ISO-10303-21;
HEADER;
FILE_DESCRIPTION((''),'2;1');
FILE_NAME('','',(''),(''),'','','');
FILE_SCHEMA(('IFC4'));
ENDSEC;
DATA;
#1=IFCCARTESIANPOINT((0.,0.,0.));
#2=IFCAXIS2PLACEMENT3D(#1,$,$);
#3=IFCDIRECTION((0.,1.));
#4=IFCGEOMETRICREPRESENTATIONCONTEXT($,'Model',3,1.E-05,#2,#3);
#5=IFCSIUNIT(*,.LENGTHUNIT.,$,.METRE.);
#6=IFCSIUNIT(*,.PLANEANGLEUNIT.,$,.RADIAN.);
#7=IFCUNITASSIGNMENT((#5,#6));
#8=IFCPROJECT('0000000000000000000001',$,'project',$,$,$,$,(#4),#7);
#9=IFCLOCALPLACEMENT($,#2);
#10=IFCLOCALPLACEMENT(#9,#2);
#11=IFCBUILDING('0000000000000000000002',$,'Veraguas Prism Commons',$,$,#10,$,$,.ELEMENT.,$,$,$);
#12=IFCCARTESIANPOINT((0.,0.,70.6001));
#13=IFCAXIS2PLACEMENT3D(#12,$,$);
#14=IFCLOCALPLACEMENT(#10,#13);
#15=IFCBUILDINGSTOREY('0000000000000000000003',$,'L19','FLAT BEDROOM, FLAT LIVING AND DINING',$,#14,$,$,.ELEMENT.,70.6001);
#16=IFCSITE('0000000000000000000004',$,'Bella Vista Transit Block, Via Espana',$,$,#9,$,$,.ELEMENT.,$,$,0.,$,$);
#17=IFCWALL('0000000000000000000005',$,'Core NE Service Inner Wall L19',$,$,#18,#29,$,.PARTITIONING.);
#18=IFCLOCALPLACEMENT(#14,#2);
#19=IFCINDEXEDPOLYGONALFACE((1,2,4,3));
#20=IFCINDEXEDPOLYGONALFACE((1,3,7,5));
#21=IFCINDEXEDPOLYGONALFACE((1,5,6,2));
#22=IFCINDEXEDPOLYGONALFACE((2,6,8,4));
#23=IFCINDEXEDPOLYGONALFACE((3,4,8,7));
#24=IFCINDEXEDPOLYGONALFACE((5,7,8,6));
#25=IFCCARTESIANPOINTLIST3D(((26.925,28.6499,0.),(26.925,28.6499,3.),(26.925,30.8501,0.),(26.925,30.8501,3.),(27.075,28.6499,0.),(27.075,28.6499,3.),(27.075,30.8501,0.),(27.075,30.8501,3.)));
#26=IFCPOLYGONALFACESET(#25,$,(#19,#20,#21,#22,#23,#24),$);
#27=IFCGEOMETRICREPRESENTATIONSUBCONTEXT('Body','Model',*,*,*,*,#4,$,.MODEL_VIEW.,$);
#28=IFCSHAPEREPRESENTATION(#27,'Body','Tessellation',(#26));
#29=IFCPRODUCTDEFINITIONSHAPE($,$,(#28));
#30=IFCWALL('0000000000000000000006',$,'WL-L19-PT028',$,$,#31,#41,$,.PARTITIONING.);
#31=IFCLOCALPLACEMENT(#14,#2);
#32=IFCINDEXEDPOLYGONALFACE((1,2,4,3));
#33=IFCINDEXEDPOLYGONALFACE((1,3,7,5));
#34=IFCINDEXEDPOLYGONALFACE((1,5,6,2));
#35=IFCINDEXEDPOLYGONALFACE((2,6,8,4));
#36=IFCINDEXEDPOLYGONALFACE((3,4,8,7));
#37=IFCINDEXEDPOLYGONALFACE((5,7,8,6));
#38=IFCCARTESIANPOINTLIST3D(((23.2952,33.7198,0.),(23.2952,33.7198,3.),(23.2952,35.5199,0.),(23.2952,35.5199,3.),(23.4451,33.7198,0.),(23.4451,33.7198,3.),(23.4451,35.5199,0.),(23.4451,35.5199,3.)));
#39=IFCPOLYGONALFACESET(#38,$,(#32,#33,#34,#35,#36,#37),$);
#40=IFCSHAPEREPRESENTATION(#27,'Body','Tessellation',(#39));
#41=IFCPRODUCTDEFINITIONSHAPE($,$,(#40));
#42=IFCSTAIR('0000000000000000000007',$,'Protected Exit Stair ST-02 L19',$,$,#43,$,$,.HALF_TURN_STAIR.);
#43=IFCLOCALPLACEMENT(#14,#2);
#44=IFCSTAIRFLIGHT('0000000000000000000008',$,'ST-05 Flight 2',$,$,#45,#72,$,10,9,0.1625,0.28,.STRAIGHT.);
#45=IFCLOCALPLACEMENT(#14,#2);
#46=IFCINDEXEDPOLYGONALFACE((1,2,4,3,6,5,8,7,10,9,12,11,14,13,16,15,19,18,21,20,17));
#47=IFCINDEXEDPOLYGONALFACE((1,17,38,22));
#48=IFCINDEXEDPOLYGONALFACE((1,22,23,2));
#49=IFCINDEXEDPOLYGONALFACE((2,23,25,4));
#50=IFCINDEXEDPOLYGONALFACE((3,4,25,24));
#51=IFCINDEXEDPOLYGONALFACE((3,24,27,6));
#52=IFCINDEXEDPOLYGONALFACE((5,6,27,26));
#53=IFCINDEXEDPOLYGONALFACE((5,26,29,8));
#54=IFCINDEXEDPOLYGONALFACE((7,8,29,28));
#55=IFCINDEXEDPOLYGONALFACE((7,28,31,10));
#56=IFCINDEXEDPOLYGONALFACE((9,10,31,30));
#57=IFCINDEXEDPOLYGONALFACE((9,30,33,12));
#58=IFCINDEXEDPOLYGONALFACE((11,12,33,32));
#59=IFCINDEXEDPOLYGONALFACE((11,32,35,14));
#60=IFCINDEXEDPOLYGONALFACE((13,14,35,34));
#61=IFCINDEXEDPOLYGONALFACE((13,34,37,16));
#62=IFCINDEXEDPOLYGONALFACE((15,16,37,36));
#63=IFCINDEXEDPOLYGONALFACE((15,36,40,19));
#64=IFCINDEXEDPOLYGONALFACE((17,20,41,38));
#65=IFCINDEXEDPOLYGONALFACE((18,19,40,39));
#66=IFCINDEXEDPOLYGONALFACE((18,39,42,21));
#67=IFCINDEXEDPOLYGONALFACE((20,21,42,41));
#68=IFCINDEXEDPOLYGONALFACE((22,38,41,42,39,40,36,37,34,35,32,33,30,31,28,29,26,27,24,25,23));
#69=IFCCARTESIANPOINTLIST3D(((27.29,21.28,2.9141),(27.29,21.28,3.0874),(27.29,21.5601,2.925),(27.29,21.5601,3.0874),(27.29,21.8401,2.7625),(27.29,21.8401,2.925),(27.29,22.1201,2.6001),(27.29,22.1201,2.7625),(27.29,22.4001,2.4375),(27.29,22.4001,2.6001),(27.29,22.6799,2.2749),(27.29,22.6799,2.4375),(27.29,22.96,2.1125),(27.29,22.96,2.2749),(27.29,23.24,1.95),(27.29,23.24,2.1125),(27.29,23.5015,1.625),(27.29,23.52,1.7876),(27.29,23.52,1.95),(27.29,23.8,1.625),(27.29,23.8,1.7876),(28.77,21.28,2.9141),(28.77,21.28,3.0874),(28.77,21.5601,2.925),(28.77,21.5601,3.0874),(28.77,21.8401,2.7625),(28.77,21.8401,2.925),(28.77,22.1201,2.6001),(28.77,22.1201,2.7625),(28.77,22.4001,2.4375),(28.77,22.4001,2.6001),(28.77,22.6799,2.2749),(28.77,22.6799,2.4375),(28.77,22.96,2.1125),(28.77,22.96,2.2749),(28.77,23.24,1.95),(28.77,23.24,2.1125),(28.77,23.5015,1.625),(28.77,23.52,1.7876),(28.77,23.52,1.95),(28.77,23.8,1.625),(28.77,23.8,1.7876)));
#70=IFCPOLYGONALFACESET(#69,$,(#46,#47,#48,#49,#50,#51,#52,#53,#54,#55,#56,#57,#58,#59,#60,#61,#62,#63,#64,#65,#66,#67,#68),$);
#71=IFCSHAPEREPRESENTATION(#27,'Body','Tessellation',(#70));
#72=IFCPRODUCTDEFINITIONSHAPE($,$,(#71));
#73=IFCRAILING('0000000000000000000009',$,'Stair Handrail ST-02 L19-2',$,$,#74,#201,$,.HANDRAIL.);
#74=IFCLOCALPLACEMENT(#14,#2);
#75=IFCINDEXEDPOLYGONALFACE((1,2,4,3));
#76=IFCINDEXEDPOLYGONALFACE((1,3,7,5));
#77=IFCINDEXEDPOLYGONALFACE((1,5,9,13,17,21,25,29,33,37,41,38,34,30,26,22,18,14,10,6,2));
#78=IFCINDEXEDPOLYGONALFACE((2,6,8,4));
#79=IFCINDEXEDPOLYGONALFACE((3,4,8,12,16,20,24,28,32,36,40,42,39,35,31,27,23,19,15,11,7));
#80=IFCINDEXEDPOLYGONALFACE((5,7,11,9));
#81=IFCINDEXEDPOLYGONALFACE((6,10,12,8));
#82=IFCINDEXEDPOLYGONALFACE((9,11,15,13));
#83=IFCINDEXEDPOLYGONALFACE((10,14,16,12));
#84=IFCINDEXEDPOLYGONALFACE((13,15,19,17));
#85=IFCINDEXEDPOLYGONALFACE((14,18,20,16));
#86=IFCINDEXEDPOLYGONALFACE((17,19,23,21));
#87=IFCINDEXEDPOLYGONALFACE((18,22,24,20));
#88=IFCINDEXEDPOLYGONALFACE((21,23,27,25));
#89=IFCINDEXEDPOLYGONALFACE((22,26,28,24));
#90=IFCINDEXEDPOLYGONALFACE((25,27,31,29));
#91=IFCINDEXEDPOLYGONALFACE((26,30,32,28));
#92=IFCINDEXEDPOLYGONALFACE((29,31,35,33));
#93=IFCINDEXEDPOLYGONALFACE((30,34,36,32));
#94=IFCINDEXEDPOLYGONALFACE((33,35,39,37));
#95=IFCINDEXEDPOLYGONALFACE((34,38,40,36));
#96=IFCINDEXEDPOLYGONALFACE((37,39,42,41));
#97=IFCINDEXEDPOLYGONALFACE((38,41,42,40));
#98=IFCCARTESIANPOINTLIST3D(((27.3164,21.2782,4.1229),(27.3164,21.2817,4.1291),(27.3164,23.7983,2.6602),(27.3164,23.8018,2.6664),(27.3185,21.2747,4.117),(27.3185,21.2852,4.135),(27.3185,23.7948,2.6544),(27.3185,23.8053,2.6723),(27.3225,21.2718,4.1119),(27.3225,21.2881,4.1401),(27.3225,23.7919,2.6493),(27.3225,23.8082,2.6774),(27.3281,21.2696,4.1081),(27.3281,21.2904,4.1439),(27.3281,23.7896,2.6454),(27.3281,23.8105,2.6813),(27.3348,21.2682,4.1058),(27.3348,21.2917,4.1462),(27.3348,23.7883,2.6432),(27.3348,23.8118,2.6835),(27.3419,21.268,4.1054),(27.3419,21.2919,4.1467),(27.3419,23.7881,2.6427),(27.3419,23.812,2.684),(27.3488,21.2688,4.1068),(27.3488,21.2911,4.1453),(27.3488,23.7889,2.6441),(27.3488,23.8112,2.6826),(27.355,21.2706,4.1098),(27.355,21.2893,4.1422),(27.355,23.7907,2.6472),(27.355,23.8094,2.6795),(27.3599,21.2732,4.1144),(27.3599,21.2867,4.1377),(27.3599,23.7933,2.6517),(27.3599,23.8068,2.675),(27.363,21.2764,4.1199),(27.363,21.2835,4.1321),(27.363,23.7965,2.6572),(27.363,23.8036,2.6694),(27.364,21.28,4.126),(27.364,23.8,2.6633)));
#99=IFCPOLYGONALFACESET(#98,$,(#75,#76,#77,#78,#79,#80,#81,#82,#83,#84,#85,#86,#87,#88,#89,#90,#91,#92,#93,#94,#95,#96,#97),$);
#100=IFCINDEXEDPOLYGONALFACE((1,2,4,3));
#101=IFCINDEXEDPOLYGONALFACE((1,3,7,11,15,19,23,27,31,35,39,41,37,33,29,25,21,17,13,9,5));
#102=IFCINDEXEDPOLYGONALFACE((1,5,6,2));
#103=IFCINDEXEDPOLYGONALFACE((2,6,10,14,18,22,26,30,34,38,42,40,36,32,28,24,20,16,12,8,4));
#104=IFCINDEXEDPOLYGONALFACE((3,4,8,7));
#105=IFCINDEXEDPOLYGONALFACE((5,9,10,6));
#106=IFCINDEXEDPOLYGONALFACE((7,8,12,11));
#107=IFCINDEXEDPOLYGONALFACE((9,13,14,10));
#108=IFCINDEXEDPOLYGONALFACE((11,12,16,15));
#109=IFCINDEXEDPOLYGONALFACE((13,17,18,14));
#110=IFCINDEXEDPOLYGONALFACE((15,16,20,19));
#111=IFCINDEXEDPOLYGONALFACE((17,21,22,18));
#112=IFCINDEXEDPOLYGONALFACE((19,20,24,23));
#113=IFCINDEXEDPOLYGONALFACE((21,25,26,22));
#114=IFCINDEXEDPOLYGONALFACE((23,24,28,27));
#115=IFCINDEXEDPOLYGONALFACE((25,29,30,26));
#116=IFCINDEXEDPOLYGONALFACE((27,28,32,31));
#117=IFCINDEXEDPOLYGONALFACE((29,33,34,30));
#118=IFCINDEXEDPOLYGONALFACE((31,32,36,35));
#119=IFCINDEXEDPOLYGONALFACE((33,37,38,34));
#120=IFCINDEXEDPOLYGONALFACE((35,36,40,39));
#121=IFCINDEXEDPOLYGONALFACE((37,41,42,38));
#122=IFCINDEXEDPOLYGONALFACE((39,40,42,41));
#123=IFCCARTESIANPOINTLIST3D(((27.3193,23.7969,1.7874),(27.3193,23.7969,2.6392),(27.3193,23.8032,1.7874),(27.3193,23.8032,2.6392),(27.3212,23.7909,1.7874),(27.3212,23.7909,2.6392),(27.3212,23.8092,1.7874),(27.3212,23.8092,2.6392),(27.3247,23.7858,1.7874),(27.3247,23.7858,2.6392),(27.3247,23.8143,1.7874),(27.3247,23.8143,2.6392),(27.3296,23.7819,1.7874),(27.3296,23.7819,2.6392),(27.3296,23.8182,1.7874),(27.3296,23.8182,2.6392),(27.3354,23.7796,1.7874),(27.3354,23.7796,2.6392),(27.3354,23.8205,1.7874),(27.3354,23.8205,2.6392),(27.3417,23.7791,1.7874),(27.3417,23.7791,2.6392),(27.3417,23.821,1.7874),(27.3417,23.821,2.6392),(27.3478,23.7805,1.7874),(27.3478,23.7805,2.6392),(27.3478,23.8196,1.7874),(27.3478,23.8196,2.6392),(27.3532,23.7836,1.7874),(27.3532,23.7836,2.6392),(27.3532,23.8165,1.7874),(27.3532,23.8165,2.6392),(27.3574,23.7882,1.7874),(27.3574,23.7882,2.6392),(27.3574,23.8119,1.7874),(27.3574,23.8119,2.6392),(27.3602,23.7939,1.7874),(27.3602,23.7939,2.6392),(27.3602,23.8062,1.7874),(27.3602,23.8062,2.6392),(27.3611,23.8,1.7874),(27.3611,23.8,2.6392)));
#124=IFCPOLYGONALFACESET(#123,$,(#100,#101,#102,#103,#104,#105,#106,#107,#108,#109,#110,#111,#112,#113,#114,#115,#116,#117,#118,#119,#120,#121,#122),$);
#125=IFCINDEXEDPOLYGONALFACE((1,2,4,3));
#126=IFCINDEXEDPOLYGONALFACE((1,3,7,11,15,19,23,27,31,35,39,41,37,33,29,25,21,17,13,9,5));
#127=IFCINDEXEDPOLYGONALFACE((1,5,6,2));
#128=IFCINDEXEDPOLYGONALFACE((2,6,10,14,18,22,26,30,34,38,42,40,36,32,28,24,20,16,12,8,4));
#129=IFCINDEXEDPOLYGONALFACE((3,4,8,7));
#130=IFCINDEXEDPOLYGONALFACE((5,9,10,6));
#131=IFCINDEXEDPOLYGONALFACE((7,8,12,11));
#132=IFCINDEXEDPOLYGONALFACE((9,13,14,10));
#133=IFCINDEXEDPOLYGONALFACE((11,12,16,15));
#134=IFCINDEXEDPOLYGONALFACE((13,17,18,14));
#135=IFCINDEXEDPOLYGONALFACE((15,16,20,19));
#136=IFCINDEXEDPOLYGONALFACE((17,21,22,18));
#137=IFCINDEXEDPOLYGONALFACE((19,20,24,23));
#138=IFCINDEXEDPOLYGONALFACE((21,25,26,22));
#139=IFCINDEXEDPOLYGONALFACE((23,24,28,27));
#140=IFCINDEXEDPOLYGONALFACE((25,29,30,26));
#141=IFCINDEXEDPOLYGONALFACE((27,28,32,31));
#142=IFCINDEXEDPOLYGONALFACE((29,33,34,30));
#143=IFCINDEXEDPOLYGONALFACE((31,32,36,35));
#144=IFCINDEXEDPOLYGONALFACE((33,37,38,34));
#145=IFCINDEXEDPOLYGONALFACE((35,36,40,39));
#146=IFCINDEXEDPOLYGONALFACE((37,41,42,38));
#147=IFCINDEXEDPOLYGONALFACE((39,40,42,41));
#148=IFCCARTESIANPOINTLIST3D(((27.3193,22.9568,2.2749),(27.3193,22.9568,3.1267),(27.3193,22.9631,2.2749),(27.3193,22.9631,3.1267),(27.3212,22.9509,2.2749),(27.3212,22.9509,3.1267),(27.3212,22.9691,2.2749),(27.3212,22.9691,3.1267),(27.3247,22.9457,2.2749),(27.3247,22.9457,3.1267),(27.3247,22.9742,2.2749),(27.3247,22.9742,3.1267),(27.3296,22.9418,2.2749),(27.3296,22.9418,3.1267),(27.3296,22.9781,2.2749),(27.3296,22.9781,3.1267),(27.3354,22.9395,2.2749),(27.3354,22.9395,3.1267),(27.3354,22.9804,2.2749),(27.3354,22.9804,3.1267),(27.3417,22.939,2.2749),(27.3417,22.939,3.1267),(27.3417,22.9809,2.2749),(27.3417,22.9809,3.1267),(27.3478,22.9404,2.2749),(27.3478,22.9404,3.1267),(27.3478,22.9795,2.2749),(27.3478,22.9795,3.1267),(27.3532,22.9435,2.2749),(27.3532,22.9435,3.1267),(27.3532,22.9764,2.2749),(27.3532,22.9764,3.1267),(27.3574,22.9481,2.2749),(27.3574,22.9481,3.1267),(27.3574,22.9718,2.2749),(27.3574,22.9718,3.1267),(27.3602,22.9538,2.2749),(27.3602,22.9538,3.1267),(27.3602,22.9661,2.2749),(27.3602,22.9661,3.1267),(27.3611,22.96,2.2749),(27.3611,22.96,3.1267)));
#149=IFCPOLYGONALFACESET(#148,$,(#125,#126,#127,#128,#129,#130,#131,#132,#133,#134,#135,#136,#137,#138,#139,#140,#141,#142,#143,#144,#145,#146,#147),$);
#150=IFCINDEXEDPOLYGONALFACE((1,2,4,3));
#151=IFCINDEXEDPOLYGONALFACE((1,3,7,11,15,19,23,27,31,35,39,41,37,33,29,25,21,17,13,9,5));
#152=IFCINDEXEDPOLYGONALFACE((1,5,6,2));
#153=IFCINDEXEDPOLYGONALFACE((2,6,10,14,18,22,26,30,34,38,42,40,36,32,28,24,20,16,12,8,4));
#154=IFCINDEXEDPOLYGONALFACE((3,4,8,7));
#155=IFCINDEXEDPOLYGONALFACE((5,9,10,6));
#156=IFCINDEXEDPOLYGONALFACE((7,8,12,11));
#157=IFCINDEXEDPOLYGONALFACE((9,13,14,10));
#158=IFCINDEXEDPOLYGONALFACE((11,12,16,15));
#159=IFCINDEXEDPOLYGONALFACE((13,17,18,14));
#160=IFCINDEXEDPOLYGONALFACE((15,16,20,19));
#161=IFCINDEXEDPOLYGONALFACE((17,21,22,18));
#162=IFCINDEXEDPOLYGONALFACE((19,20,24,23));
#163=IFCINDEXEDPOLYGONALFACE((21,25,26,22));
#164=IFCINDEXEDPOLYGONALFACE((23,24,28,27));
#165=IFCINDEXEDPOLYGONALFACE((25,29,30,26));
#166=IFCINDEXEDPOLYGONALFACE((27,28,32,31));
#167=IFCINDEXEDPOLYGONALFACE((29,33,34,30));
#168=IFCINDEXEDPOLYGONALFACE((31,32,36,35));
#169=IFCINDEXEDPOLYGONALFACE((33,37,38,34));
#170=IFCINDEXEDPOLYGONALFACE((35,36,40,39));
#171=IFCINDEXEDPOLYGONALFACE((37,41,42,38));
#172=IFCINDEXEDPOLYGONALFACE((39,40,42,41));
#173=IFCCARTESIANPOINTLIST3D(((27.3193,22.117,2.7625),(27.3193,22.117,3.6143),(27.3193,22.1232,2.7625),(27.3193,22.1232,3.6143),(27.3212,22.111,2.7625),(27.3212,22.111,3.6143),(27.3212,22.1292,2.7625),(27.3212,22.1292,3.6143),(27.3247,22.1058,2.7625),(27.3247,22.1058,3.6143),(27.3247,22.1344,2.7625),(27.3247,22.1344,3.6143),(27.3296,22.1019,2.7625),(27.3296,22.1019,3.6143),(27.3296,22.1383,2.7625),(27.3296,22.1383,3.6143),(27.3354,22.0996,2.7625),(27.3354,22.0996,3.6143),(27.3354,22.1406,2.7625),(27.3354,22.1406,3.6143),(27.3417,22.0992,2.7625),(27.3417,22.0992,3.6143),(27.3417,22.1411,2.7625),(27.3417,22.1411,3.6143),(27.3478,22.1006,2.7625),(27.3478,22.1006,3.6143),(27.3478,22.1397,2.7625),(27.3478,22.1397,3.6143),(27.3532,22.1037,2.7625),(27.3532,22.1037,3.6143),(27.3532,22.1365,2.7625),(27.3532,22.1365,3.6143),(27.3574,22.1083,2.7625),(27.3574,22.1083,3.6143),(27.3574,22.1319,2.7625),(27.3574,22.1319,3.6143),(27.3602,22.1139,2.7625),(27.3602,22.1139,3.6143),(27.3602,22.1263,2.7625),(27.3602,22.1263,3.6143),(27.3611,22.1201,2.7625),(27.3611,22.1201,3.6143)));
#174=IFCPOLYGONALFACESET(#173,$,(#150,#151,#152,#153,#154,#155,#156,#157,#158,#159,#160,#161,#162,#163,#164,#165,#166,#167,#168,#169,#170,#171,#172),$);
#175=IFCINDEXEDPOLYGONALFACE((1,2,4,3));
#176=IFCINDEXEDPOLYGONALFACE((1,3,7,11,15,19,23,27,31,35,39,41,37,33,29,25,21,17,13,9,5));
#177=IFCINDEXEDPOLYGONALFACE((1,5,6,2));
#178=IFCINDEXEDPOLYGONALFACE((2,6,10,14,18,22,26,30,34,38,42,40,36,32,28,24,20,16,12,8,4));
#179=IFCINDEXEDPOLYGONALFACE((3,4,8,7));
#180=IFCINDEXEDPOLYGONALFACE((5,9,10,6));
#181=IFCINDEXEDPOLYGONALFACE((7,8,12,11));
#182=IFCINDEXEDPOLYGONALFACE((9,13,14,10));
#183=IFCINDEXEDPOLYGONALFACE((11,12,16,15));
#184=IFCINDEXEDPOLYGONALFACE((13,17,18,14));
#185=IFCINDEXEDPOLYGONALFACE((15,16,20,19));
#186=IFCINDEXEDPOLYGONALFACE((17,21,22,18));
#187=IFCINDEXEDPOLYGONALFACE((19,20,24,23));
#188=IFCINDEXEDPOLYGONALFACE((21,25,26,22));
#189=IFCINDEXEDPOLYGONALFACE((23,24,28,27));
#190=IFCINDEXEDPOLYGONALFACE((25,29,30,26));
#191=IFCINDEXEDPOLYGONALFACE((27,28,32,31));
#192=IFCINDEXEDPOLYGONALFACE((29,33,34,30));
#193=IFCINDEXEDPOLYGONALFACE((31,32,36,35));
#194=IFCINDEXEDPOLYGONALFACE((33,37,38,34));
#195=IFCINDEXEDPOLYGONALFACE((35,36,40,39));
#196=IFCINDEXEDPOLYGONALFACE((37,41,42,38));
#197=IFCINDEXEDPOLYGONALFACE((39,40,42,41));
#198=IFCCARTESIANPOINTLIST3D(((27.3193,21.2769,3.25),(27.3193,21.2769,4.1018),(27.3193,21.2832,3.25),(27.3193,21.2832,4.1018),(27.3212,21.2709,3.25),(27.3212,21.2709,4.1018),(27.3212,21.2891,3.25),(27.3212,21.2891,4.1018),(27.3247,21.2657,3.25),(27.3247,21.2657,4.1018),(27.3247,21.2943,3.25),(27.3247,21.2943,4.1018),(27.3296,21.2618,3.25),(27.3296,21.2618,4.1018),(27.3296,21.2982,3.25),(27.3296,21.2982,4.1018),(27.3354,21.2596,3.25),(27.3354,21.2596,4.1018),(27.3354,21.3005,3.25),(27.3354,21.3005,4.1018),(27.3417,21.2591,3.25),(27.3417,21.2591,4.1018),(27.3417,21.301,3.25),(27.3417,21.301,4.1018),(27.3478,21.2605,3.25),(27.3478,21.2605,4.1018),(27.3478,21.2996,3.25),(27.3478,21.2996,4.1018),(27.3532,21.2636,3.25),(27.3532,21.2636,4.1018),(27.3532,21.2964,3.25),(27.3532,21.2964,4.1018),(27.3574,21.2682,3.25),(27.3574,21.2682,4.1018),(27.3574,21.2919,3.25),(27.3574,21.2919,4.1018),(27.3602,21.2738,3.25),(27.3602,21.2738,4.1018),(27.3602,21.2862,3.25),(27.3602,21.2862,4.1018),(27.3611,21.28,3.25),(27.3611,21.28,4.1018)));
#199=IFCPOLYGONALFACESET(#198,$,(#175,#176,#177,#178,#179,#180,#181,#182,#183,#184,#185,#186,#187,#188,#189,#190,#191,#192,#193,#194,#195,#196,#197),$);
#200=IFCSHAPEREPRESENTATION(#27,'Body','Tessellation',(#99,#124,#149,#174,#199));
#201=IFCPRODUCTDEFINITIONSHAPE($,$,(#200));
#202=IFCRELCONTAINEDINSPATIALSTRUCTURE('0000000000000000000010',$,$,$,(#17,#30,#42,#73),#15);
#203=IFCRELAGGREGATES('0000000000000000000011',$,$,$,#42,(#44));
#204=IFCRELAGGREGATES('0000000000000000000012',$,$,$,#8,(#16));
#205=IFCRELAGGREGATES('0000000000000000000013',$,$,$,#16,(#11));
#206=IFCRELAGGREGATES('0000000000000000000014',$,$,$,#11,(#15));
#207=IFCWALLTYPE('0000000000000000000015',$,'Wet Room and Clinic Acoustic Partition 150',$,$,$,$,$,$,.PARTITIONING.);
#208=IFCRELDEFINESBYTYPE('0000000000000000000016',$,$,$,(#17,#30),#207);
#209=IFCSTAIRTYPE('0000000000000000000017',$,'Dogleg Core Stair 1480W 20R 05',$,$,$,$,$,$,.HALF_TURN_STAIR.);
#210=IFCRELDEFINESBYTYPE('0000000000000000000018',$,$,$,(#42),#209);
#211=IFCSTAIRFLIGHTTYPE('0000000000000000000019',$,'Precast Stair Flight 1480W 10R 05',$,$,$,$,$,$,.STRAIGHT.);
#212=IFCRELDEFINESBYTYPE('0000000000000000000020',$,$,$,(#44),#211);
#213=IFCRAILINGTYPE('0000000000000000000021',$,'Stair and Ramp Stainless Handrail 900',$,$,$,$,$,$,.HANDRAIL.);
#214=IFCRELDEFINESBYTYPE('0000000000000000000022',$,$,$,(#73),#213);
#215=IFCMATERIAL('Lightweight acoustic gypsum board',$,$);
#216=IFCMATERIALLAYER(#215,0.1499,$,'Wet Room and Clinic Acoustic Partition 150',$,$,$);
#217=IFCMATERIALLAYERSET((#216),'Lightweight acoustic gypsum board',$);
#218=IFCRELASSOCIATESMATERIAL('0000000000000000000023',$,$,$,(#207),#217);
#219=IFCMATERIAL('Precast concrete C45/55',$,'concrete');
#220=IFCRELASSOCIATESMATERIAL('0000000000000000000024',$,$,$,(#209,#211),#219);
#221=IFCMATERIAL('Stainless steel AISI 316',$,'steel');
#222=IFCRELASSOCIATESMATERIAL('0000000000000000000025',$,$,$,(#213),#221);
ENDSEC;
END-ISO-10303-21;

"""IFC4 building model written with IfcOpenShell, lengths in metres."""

from ifc_helpers import new_model, si_unit, direction, frame, frame_2d, origin, origin_2d, place, context, subcontext, project, spatial, polyline, rectangle, circle, outline, extrude, material, layer, layer_set, type_object, element, aggregate, save


model = new_model("IFC4")

# Units and contexts
model_context = context("Model", 3, precision=1e-05, world=origin(), true_north=direction((0.0, 1.0)))
body_context = subcontext(model_context, "Body", "Model", "MODEL_VIEW")
ifc_project = project(units=[si_unit("LENGTHUNIT", "METRE"), si_unit("PLANEANGLEUNIT", "RADIAN")], contexts=[model_context])

# Site, building, storey
site_placement = place(None, origin())
site = spatial("IfcSite", under=ifc_project, at=site_placement, Name="Bella Vista Transit Block, Via Espana", CompositionType="ELEMENT", RefElevation=0.0)
building_placement = place(site_placement, origin())
building = spatial("IfcBuilding", under=site, at=building_placement, Name="Veraguas Prism Commons", CompositionType="ELEMENT")
storey_placement = place(building_placement, frame((0.0, 0.0, 70.6001)))
storey = spatial("IfcBuildingStorey", under=building, at=storey_placement, Name="L19", Description="FLAT BEDROOM, FLAT LIVING AND DINING", CompositionType="ELEMENT", Elevation=70.6001)

# Shared definitions
ifc_material_1 = material(Name="Lightweight acoustic gypsum board")

# Shared definitions
ifc_material_2 = material(Name="Stainless steel AISI 316", Category="steel")

# Walls
ifc_layer_1 = layer(ifc_material_1, 0.1499, Name="Wet Room and Clinic Acoustic Partition 150")
ifc_layer_set_1 = layer_set([ifc_layer_1], Name="Lightweight acoustic gypsum board")
wall_type_1 = type_object("IfcWallType", Name="Wet Room and Clinic Acoustic Partition 150", PredefinedType="PARTITIONING", material=ifc_layer_set_1)
wall_1_placement = place(storey_placement, frame((27.0, 28.6499, 0.0), z_axis=(0.0, 0.0, 1.0), x_axis=(0.0, 1.0, 0.0)))
element("IfcWall", 1, at=wall_1_placement, inside=storey, type_object=wall_type_1, Name="Core NE Service Inner Wall L19", PredefinedType="PARTITIONING", context=body_context, shape_type="SweptSolid", body=[
    extrude(rectangle(XDim=2.2002, YDim=0.1499, at=frame_2d((1.1001, 0.0))), origin(), (0.0, 0.0, 1.0), 3.0),
])
wall_2_placement = place(storey_placement, frame((23.3701, 33.72, 0.0), z_axis=(0.0, 0.0, 1.0), x_axis=(0.0, 1.0, 0.0)))
element("IfcWall", 2, at=wall_2_placement, inside=storey, type_object=wall_type_1, Name="WL-L19-PT028", PredefinedType="PARTITIONING", context=body_context, shape_type="SweptSolid", body=[
    extrude(rectangle(XDim=1.8, YDim=0.1499, at=frame_2d((0.8999, 0.0))), origin(), (0.0, 0.0, 1.0), 3.0),
])

# Stair, stair flight
ifc_material_3 = material(Name="Precast concrete C45/55", Category="concrete")
stair_type = type_object("IfcStairType", Name="Dogleg Core Stair 1480W 20R 05", PredefinedType="HALF_TURN_STAIR", material=ifc_material_3)
stair_placement = place(storey_placement, origin())
stair = element("IfcStair", 3, at=stair_placement, inside=storey, type_object=stair_type, Name="Protected Exit Stair ST-02 L19", PredefinedType="HALF_TURN_STAIR")
stair_flight_type = type_object("IfcStairFlightType", Name="Precast Stair Flight 1480W 10R 05", PredefinedType="STRAIGHT", material=ifc_material_3)
stair_flight_placement = place(storey_placement, frame((28.03, 23.8, 1.625), z_axis=(0.0, 0.0, 1.0), x_axis=(0.0, -1.0, 0.0)))
stair_flight = element("IfcStairFlight", 4, at=stair_flight_placement, type_object=stair_flight_type, Name="ST-05 Flight 2", NumberOfRisers=10, NumberOfTreads=9, PredefinedType="STRAIGHT", RiserHeight=0.1625, TreadLength=0.28, context=body_context, shape_type="SweptSolid", body=[
    extrude(outline(polyline([(0.0, 0.0), (0.0, 0.1626), (0.28, 0.1626), (0.28, 0.325), (0.5601, 0.325), (0.5601, 0.4875), (0.8401, 0.4875), (0.8401, 0.6499), (1.1201, 0.6499), (1.1201, 0.8125), (1.3999, 0.8125), (1.3999, 0.9751), (1.6799, 0.9751), (1.6799, 1.1375), (1.96, 1.1375), (1.96, 1.3), (2.24, 1.3), (2.24, 1.4624), (2.52, 1.4624), (2.52, 1.625), (2.52, 1.2891), (0.2986, 0.0), (0.0, 0.0)])), frame((0.0, 0.74, 0.0), z_axis=(0.0, -1.0, 0.0), x_axis=(1.0, 0.0, 0.0)), (0.0, 0.0, 1.0), 1.48),
])
aggregate(stair, [stair_flight])

# Railing
railing_type_1 = type_object("IfcRailingType", Name="Stair and Ramp Stainless Handrail 900", PredefinedType="HANDRAIL", material=ifc_material_2)
railing_1_placement = place(storey_placement, frame((27.3401, 23.8, 1.7874)))
element("IfcRailing", 5, at=railing_1_placement, inside=storey, type_object=railing_type_1, Name="Stair Handrail ST-02 L19-2", PredefinedType="HANDRAIL", context=body_context, shape_type="SweptSolid", body=[
    extrude(circle(Radius=0.0239, at=origin_2d()), frame((0.0, 0.0, 0.876), z_axis=(0.0, -0.864877, 0.501984), x_axis=(1.0, 0.0, 0.0)), (0.0, 0.0, 1.0), 2.9138),
    extrude(circle(Radius=0.021, at=origin_2d()), origin(), (0.0, 0.0, 1.0), 0.8518),
    extrude(circle(Radius=0.021, at=origin_2d()), frame((0.0, -0.8401, 0.4875)), (0.0, 0.0, 1.0), 0.8518),
    extrude(circle(Radius=0.021, at=origin_2d()), frame((0.0, -1.6799, 0.9751)), (0.0, 0.0, 1.0), 0.8518),
    extrude(circle(Radius=0.021, at=origin_2d()), frame((0.0, -2.52, 1.4626)), (0.0, 0.0, 1.0), 0.8518),
])

save(model, "model.ifc")
